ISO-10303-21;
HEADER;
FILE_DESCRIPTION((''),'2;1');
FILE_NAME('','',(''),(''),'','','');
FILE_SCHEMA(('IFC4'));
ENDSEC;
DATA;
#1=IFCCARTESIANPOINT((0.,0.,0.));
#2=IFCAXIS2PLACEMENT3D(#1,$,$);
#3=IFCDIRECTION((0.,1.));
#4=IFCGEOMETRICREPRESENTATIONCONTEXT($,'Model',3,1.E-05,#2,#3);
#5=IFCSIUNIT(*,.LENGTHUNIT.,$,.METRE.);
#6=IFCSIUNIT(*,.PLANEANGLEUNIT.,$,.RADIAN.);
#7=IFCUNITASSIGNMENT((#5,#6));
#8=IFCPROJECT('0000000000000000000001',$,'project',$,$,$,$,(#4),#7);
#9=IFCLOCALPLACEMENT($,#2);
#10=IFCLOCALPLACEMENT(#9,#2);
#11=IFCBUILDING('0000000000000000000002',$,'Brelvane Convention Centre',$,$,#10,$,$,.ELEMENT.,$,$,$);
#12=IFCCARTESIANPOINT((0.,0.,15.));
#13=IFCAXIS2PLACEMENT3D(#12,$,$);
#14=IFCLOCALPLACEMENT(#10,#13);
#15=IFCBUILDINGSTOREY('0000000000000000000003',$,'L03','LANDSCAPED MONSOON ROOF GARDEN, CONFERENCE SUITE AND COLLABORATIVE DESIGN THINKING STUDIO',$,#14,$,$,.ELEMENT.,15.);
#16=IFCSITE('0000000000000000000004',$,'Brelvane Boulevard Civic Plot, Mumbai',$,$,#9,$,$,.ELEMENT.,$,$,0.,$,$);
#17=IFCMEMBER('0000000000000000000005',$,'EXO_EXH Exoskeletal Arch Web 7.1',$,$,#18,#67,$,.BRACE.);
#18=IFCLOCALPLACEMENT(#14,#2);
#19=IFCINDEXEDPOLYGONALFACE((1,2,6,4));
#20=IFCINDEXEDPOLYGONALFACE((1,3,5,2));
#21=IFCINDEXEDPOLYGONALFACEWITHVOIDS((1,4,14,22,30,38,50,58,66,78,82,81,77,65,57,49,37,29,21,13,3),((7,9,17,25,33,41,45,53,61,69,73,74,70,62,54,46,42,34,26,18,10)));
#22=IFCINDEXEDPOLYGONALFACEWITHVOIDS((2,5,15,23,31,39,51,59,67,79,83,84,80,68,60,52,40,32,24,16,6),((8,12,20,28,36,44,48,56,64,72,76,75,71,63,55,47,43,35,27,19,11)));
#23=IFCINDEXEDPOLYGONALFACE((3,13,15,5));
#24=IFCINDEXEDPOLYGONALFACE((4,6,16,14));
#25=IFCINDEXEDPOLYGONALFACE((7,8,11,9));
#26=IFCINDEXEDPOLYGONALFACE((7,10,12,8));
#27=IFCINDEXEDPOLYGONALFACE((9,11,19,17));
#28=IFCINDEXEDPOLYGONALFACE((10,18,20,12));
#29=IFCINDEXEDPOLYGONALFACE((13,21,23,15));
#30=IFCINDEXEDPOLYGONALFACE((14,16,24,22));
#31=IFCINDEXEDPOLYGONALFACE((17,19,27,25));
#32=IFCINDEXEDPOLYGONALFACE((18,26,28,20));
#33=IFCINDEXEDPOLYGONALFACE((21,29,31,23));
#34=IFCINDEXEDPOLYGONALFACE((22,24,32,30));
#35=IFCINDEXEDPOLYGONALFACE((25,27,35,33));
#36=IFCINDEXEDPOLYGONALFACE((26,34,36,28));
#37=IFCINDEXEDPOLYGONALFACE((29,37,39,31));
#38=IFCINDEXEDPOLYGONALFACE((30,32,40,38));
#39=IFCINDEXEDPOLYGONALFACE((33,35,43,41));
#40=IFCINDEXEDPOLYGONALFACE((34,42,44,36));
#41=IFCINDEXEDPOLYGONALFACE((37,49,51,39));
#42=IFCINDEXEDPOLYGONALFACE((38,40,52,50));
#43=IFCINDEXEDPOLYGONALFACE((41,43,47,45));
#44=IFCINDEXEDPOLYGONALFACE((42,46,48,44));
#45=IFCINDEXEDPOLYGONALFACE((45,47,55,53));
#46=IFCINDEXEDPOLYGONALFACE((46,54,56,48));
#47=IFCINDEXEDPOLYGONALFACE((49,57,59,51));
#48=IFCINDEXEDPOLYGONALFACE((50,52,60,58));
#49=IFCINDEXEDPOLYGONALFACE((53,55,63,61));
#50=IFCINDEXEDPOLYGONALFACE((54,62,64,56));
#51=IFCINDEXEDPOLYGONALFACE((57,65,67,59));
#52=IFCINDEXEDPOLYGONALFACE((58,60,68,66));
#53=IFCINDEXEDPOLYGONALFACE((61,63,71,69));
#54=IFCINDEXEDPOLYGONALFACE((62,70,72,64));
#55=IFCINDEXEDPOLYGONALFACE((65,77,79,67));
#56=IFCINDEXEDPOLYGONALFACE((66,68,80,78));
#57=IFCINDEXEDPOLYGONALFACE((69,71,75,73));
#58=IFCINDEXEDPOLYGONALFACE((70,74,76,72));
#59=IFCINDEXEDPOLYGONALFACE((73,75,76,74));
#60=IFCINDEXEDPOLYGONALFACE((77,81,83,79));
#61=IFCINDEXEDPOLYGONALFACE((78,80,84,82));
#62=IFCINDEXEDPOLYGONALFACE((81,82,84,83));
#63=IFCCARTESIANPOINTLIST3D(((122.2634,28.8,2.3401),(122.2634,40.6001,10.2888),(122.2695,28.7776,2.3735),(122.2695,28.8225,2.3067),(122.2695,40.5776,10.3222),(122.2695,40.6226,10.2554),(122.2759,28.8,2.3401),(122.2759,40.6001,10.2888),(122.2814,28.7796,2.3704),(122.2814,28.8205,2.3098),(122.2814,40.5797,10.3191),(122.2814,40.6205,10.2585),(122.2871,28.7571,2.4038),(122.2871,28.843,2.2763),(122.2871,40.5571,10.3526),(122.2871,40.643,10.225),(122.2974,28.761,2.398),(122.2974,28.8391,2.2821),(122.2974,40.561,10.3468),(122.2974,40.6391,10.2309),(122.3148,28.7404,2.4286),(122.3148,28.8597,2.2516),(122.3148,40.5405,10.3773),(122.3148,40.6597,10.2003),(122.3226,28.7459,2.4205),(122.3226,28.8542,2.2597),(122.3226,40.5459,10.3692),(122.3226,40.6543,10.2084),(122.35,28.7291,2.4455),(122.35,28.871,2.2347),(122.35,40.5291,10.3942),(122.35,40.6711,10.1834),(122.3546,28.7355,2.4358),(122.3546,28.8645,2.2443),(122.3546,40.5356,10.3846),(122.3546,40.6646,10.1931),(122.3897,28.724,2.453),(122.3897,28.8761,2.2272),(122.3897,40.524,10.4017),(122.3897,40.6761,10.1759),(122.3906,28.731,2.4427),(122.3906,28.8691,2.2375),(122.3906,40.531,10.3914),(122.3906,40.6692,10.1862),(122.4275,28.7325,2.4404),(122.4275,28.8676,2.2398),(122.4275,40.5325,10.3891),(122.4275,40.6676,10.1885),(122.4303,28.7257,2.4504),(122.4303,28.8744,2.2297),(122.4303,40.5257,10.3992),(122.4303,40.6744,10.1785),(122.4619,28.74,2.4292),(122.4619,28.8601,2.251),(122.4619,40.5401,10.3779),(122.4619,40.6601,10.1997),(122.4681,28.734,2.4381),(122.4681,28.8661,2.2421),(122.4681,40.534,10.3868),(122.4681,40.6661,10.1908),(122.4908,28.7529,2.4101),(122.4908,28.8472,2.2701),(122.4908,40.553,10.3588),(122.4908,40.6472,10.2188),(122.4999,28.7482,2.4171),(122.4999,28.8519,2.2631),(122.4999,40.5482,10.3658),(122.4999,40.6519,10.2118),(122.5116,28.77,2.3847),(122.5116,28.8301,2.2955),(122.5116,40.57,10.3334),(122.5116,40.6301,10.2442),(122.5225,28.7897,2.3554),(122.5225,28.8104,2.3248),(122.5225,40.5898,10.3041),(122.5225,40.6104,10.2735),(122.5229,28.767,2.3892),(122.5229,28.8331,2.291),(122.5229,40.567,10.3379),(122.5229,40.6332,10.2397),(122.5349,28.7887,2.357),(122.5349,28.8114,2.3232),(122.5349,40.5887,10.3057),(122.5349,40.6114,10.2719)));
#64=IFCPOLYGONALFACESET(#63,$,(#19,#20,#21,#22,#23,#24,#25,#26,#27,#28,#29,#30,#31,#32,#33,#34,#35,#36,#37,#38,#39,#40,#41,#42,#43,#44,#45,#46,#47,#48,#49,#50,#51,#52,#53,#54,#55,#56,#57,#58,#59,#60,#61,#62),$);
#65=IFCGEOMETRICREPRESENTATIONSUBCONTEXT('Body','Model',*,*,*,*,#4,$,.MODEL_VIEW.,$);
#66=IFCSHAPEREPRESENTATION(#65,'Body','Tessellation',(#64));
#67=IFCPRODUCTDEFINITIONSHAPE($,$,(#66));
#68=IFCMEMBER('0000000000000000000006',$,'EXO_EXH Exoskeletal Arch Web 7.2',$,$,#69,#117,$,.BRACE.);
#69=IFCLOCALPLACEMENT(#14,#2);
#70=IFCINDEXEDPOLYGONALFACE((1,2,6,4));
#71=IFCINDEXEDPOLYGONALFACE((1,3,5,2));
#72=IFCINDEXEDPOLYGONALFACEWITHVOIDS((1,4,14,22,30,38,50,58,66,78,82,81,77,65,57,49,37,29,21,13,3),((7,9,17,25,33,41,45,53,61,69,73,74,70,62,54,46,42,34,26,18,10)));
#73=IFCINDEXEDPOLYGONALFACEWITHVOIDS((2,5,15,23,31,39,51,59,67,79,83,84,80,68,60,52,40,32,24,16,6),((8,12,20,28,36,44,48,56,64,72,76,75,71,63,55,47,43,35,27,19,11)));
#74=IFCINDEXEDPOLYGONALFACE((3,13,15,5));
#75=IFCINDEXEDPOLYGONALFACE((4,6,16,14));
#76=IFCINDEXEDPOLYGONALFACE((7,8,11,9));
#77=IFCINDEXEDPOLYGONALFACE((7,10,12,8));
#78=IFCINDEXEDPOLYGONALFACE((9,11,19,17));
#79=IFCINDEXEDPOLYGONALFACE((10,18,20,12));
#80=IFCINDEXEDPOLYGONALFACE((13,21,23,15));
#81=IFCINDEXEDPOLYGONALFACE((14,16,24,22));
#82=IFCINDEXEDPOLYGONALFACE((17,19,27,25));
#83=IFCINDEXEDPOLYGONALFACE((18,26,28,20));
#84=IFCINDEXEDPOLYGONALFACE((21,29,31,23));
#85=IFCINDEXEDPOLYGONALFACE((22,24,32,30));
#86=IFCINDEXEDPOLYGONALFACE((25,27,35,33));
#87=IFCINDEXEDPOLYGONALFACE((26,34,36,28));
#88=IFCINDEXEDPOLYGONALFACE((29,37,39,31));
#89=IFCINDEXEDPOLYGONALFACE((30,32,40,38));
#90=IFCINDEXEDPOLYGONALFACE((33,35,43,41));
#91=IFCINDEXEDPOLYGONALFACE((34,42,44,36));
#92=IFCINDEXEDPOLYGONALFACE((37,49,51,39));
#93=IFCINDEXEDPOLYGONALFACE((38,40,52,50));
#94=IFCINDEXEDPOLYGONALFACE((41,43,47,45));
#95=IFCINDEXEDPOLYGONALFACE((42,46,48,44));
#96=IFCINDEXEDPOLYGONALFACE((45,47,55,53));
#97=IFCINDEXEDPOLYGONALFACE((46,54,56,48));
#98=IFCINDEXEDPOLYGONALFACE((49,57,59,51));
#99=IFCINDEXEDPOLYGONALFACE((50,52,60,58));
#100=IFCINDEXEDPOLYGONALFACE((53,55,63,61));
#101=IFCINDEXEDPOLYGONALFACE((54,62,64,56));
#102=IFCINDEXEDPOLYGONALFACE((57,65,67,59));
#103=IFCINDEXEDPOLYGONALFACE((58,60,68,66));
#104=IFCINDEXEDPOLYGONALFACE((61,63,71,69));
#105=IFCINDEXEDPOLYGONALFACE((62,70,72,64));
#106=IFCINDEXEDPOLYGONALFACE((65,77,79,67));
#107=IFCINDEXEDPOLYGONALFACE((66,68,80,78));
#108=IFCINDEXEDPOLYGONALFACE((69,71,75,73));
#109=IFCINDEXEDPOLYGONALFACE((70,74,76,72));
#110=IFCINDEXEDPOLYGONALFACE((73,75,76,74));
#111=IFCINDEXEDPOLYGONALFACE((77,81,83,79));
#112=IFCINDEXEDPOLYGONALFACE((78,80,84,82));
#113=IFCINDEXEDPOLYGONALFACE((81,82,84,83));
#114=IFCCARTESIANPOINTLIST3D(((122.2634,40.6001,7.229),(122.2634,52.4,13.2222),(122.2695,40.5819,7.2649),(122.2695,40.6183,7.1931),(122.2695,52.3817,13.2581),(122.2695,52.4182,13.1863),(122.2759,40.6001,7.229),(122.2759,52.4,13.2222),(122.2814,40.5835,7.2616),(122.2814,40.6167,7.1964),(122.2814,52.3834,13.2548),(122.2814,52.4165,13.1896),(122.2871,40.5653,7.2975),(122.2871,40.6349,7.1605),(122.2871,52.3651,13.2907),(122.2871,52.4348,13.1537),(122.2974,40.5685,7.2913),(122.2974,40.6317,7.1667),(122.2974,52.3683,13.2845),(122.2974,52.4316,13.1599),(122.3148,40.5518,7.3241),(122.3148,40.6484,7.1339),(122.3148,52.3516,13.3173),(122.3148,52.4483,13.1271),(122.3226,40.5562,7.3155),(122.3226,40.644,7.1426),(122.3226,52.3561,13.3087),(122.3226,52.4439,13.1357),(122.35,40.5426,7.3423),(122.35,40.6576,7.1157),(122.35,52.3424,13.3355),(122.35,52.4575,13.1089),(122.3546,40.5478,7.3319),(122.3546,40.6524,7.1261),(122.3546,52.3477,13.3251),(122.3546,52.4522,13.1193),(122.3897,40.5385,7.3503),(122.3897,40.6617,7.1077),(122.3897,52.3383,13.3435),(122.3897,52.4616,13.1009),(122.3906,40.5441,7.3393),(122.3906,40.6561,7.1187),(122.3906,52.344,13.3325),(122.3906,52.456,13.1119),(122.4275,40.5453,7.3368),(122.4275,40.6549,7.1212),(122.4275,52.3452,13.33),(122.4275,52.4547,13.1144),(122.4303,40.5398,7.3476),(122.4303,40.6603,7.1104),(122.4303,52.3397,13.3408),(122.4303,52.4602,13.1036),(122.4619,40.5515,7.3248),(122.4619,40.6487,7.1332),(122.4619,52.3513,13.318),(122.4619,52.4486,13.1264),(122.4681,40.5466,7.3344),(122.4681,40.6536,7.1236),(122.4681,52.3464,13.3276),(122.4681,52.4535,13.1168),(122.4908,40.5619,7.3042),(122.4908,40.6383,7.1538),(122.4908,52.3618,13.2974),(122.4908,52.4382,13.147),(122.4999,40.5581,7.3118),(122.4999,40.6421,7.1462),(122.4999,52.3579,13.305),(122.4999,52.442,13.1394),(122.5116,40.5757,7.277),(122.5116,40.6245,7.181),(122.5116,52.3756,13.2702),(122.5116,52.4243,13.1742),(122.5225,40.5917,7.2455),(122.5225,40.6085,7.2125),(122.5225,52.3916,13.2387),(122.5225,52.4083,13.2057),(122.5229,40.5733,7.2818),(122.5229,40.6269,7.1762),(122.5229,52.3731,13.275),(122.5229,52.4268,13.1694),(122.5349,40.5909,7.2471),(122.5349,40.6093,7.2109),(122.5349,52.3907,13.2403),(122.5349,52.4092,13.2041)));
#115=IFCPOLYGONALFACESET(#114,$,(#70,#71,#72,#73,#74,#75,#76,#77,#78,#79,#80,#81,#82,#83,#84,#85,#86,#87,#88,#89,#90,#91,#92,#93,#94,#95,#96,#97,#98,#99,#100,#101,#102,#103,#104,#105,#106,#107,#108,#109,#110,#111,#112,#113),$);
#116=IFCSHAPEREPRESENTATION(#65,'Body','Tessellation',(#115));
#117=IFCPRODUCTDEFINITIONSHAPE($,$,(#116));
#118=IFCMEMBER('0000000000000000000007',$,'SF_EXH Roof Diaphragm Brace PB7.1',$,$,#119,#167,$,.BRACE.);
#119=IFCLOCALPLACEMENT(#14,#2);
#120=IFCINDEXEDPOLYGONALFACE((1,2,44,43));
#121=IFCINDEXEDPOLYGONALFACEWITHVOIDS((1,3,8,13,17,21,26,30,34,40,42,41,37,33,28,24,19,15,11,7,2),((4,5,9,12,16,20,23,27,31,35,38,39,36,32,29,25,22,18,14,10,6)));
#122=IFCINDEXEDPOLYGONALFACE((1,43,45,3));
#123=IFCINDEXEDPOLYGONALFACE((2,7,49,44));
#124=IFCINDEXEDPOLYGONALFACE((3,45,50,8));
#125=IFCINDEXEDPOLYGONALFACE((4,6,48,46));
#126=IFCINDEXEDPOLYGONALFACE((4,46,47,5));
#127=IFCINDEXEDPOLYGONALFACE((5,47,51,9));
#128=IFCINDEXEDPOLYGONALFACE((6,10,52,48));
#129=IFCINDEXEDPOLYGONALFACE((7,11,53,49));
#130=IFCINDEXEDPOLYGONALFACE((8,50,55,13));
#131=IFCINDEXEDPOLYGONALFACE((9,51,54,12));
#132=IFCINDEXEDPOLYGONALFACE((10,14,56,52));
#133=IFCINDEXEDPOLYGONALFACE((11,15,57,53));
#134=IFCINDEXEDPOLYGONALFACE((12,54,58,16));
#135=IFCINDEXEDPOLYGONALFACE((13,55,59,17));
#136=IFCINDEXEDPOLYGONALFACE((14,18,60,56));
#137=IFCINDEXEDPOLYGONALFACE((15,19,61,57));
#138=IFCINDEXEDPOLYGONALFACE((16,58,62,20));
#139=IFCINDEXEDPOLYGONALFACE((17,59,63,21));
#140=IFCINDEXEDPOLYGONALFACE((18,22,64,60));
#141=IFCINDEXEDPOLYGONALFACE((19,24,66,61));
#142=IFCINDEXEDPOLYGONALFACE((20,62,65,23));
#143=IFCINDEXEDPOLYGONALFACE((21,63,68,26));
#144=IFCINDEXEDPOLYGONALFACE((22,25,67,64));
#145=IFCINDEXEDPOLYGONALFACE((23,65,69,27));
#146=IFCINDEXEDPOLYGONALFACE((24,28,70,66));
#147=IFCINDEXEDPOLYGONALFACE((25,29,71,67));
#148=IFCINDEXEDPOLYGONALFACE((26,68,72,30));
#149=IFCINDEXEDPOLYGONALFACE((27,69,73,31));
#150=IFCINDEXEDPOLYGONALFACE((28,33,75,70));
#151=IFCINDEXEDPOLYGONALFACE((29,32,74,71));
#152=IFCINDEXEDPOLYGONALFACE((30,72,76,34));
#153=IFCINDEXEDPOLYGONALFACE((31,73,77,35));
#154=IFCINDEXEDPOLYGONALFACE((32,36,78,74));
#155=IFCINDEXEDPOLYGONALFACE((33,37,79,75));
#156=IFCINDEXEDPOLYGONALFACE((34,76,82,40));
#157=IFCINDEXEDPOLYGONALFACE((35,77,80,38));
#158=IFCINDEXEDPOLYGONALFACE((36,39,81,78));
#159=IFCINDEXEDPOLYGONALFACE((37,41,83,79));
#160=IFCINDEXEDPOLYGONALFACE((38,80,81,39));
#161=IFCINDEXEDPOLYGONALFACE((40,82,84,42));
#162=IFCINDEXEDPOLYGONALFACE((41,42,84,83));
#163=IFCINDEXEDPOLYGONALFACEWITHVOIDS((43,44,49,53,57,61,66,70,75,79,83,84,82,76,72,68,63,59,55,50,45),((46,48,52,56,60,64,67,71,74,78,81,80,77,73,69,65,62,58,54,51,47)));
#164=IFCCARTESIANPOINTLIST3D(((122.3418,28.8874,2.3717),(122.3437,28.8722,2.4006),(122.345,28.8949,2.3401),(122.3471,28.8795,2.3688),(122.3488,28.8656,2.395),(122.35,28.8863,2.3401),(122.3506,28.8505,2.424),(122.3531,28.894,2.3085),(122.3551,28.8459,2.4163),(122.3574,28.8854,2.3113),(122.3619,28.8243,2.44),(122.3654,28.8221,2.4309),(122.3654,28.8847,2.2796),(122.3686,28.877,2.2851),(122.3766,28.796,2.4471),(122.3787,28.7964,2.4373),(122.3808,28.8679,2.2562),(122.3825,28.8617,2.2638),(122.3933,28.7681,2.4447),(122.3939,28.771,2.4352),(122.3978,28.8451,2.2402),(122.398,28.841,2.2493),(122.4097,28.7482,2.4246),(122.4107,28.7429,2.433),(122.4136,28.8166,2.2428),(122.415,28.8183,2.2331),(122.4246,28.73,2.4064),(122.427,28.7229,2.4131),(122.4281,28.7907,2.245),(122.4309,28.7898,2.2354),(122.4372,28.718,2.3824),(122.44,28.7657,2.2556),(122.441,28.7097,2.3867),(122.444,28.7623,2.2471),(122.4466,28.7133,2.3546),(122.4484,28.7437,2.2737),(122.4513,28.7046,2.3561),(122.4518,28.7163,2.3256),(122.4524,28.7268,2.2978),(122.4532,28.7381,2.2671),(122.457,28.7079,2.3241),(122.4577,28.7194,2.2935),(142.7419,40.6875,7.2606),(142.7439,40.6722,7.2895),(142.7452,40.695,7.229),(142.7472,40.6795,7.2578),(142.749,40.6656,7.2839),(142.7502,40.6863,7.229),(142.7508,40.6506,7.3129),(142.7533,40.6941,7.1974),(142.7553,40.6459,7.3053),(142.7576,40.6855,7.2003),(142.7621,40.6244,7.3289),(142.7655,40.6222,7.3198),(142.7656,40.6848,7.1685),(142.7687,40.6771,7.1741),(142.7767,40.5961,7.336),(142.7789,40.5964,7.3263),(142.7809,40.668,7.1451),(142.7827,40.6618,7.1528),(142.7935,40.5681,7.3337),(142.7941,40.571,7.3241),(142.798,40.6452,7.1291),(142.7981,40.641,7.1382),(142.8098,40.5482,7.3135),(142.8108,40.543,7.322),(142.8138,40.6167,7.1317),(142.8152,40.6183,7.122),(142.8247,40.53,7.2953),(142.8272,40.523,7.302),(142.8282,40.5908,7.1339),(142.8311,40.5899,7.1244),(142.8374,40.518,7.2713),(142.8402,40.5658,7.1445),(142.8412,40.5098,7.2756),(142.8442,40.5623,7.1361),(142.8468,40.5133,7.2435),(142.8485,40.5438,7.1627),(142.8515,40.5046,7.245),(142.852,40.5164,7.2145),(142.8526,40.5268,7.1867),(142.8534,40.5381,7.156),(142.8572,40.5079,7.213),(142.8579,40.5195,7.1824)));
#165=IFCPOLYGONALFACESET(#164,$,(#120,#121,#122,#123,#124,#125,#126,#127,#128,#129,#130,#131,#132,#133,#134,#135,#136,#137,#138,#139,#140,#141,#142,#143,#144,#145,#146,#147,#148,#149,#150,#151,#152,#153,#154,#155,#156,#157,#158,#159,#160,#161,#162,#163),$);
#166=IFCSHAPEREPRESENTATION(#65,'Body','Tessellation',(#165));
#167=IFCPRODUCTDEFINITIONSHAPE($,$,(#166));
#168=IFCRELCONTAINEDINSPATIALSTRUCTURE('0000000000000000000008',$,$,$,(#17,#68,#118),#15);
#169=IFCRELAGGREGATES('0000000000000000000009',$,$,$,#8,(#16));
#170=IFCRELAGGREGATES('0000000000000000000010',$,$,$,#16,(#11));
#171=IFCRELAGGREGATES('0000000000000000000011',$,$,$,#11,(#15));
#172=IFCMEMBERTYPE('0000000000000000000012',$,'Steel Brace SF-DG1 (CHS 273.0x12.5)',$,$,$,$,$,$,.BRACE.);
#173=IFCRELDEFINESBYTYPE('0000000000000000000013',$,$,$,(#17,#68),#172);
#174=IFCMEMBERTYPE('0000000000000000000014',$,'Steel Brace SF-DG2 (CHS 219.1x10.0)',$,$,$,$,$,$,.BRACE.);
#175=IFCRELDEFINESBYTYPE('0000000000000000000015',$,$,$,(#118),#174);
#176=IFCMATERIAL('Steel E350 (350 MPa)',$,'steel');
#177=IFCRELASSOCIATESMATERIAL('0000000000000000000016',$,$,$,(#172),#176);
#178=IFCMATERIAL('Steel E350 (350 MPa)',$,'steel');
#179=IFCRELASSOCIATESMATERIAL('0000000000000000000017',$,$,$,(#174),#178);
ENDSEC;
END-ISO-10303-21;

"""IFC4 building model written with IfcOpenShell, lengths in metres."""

from ifc_helpers import new_model, si_unit, direction, frame, origin, origin_2d, place, context, subcontext, project, spatial, hollow_circle, extrude, material, material_profile, profile_set, type_object, element, save


model = new_model("IFC4")

# Units and contexts
model_context = context("Model", 3, precision=1e-05, world=origin(), true_north=direction((0.0, 1.0)))
body_context = subcontext(model_context, "Body", "Model", "MODEL_VIEW")
ifc_project = project(units=[si_unit("LENGTHUNIT", "METRE"), si_unit("PLANEANGLEUNIT", "RADIAN")], contexts=[model_context])

# Site, building, storey
site_placement = place(None, origin())
site = spatial("IfcSite", under=ifc_project, at=site_placement, Name="Brelvane Boulevard Civic Plot, Mumbai", CompositionType="ELEMENT", RefElevation=0.0)
building_placement = place(site_placement, origin())
building = spatial("IfcBuilding", under=site, at=building_placement, Name="Brelvane Convention Centre", CompositionType="ELEMENT")
storey_placement = place(building_placement, frame((0.0, 0.0, 15.0)))
storey = spatial("IfcBuildingStorey", under=building, at=storey_placement, Name="L03", Description="LANDSCAPED MONSOON ROOF GARDEN, CONFERENCE SUITE AND COLLABORATIVE DESIGN THINKING STUDIO", CompositionType="ELEMENT", Elevation=15.0)

# Members
ifc_material_1 = material(Name="Steel E350 (350 MPa)", Category="steel")
ifc_material_profile_1 = material_profile(ifc_material_1, hollow_circle(Radius=0.1365, WallThickness=0.0125, at=origin_2d()), Name="CHS 273.0x12.5")
ifc_profile_set_1 = profile_set([ifc_material_profile_1], Name="Steel E350 (350 MPa)")
member_type_1 = type_object("IfcMemberType", Name="Steel Brace SF-DG1 (CHS 273.0x12.5)", PredefinedType="BRACE", material=ifc_profile_set_1)
member_1_placement = place(storey_placement, frame((122.3999, 28.8, 2.3401), z_axis=(0.0, 0.82938, 0.558685), x_axis=(-1.0, 0.0, 0.0)))
element("IfcMember", 1, at=member_1_placement, inside=storey, type_object=member_type_1, Name="EXO_EXH Exoskeletal Arch Web 7.1", PredefinedType="BRACE", context=body_context, shape_type="SweptSolid", body=[
    extrude(hollow_circle(Radius=0.1365, WallThickness=0.0125, at=origin_2d()), origin(), (0.0, 0.0, 1.0), 14.2275),
])
member_2_placement = place(storey_placement, frame((122.3999, 40.6001, 7.229), z_axis=(0.0, 0.891591, 0.452842), x_axis=(-1.0, 0.0, 0.0)))
element("IfcMember", 2, at=member_2_placement, inside=storey, type_object=member_type_1, Name="EXO_EXH Exoskeletal Arch Web 7.2", PredefinedType="BRACE", context=body_context, shape_type="SweptSolid", body=[
    extrude(hollow_circle(Radius=0.1365, WallThickness=0.0125, at=origin_2d()), origin(), (0.0, 0.0, 1.0), 13.2346),
])
ifc_material_2 = material(Name="Steel E350 (350 MPa)", Category="steel")
ifc_material_profile_2 = material_profile(ifc_material_2, hollow_circle(Radius=0.1096, WallThickness=0.01, at=origin_2d()), Name="CHS 219.1x10.0")
ifc_profile_set_2 = profile_set([ifc_material_profile_2], Name="Steel E350 (350 MPa)")
member_type_2 = type_object("IfcMemberType", Name="Steel Brace SF-DG2 (CHS 219.1x10.0)", PredefinedType="BRACE", material=ifc_profile_set_2)
member_3_placement = place(storey_placement, frame((122.3999, 28.8, 2.3401), z_axis=(0.847575, 0.490263, 0.203122), x_axis=(-0.500701, 0.865621, 0.0)))
element("IfcMember", 3, at=member_3_placement, inside=storey, type_object=member_type_2, Name="SF_EXH Roof Diaphragm Brace PB7.1", PredefinedType="BRACE", context=body_context, shape_type="SweptSolid", body=[
    extrude(hollow_circle(Radius=0.1096, WallThickness=0.01, at=origin_2d()), origin(), (0.0, 0.0, 1.0), 24.0688),
])

save(model, "model.ifc")
